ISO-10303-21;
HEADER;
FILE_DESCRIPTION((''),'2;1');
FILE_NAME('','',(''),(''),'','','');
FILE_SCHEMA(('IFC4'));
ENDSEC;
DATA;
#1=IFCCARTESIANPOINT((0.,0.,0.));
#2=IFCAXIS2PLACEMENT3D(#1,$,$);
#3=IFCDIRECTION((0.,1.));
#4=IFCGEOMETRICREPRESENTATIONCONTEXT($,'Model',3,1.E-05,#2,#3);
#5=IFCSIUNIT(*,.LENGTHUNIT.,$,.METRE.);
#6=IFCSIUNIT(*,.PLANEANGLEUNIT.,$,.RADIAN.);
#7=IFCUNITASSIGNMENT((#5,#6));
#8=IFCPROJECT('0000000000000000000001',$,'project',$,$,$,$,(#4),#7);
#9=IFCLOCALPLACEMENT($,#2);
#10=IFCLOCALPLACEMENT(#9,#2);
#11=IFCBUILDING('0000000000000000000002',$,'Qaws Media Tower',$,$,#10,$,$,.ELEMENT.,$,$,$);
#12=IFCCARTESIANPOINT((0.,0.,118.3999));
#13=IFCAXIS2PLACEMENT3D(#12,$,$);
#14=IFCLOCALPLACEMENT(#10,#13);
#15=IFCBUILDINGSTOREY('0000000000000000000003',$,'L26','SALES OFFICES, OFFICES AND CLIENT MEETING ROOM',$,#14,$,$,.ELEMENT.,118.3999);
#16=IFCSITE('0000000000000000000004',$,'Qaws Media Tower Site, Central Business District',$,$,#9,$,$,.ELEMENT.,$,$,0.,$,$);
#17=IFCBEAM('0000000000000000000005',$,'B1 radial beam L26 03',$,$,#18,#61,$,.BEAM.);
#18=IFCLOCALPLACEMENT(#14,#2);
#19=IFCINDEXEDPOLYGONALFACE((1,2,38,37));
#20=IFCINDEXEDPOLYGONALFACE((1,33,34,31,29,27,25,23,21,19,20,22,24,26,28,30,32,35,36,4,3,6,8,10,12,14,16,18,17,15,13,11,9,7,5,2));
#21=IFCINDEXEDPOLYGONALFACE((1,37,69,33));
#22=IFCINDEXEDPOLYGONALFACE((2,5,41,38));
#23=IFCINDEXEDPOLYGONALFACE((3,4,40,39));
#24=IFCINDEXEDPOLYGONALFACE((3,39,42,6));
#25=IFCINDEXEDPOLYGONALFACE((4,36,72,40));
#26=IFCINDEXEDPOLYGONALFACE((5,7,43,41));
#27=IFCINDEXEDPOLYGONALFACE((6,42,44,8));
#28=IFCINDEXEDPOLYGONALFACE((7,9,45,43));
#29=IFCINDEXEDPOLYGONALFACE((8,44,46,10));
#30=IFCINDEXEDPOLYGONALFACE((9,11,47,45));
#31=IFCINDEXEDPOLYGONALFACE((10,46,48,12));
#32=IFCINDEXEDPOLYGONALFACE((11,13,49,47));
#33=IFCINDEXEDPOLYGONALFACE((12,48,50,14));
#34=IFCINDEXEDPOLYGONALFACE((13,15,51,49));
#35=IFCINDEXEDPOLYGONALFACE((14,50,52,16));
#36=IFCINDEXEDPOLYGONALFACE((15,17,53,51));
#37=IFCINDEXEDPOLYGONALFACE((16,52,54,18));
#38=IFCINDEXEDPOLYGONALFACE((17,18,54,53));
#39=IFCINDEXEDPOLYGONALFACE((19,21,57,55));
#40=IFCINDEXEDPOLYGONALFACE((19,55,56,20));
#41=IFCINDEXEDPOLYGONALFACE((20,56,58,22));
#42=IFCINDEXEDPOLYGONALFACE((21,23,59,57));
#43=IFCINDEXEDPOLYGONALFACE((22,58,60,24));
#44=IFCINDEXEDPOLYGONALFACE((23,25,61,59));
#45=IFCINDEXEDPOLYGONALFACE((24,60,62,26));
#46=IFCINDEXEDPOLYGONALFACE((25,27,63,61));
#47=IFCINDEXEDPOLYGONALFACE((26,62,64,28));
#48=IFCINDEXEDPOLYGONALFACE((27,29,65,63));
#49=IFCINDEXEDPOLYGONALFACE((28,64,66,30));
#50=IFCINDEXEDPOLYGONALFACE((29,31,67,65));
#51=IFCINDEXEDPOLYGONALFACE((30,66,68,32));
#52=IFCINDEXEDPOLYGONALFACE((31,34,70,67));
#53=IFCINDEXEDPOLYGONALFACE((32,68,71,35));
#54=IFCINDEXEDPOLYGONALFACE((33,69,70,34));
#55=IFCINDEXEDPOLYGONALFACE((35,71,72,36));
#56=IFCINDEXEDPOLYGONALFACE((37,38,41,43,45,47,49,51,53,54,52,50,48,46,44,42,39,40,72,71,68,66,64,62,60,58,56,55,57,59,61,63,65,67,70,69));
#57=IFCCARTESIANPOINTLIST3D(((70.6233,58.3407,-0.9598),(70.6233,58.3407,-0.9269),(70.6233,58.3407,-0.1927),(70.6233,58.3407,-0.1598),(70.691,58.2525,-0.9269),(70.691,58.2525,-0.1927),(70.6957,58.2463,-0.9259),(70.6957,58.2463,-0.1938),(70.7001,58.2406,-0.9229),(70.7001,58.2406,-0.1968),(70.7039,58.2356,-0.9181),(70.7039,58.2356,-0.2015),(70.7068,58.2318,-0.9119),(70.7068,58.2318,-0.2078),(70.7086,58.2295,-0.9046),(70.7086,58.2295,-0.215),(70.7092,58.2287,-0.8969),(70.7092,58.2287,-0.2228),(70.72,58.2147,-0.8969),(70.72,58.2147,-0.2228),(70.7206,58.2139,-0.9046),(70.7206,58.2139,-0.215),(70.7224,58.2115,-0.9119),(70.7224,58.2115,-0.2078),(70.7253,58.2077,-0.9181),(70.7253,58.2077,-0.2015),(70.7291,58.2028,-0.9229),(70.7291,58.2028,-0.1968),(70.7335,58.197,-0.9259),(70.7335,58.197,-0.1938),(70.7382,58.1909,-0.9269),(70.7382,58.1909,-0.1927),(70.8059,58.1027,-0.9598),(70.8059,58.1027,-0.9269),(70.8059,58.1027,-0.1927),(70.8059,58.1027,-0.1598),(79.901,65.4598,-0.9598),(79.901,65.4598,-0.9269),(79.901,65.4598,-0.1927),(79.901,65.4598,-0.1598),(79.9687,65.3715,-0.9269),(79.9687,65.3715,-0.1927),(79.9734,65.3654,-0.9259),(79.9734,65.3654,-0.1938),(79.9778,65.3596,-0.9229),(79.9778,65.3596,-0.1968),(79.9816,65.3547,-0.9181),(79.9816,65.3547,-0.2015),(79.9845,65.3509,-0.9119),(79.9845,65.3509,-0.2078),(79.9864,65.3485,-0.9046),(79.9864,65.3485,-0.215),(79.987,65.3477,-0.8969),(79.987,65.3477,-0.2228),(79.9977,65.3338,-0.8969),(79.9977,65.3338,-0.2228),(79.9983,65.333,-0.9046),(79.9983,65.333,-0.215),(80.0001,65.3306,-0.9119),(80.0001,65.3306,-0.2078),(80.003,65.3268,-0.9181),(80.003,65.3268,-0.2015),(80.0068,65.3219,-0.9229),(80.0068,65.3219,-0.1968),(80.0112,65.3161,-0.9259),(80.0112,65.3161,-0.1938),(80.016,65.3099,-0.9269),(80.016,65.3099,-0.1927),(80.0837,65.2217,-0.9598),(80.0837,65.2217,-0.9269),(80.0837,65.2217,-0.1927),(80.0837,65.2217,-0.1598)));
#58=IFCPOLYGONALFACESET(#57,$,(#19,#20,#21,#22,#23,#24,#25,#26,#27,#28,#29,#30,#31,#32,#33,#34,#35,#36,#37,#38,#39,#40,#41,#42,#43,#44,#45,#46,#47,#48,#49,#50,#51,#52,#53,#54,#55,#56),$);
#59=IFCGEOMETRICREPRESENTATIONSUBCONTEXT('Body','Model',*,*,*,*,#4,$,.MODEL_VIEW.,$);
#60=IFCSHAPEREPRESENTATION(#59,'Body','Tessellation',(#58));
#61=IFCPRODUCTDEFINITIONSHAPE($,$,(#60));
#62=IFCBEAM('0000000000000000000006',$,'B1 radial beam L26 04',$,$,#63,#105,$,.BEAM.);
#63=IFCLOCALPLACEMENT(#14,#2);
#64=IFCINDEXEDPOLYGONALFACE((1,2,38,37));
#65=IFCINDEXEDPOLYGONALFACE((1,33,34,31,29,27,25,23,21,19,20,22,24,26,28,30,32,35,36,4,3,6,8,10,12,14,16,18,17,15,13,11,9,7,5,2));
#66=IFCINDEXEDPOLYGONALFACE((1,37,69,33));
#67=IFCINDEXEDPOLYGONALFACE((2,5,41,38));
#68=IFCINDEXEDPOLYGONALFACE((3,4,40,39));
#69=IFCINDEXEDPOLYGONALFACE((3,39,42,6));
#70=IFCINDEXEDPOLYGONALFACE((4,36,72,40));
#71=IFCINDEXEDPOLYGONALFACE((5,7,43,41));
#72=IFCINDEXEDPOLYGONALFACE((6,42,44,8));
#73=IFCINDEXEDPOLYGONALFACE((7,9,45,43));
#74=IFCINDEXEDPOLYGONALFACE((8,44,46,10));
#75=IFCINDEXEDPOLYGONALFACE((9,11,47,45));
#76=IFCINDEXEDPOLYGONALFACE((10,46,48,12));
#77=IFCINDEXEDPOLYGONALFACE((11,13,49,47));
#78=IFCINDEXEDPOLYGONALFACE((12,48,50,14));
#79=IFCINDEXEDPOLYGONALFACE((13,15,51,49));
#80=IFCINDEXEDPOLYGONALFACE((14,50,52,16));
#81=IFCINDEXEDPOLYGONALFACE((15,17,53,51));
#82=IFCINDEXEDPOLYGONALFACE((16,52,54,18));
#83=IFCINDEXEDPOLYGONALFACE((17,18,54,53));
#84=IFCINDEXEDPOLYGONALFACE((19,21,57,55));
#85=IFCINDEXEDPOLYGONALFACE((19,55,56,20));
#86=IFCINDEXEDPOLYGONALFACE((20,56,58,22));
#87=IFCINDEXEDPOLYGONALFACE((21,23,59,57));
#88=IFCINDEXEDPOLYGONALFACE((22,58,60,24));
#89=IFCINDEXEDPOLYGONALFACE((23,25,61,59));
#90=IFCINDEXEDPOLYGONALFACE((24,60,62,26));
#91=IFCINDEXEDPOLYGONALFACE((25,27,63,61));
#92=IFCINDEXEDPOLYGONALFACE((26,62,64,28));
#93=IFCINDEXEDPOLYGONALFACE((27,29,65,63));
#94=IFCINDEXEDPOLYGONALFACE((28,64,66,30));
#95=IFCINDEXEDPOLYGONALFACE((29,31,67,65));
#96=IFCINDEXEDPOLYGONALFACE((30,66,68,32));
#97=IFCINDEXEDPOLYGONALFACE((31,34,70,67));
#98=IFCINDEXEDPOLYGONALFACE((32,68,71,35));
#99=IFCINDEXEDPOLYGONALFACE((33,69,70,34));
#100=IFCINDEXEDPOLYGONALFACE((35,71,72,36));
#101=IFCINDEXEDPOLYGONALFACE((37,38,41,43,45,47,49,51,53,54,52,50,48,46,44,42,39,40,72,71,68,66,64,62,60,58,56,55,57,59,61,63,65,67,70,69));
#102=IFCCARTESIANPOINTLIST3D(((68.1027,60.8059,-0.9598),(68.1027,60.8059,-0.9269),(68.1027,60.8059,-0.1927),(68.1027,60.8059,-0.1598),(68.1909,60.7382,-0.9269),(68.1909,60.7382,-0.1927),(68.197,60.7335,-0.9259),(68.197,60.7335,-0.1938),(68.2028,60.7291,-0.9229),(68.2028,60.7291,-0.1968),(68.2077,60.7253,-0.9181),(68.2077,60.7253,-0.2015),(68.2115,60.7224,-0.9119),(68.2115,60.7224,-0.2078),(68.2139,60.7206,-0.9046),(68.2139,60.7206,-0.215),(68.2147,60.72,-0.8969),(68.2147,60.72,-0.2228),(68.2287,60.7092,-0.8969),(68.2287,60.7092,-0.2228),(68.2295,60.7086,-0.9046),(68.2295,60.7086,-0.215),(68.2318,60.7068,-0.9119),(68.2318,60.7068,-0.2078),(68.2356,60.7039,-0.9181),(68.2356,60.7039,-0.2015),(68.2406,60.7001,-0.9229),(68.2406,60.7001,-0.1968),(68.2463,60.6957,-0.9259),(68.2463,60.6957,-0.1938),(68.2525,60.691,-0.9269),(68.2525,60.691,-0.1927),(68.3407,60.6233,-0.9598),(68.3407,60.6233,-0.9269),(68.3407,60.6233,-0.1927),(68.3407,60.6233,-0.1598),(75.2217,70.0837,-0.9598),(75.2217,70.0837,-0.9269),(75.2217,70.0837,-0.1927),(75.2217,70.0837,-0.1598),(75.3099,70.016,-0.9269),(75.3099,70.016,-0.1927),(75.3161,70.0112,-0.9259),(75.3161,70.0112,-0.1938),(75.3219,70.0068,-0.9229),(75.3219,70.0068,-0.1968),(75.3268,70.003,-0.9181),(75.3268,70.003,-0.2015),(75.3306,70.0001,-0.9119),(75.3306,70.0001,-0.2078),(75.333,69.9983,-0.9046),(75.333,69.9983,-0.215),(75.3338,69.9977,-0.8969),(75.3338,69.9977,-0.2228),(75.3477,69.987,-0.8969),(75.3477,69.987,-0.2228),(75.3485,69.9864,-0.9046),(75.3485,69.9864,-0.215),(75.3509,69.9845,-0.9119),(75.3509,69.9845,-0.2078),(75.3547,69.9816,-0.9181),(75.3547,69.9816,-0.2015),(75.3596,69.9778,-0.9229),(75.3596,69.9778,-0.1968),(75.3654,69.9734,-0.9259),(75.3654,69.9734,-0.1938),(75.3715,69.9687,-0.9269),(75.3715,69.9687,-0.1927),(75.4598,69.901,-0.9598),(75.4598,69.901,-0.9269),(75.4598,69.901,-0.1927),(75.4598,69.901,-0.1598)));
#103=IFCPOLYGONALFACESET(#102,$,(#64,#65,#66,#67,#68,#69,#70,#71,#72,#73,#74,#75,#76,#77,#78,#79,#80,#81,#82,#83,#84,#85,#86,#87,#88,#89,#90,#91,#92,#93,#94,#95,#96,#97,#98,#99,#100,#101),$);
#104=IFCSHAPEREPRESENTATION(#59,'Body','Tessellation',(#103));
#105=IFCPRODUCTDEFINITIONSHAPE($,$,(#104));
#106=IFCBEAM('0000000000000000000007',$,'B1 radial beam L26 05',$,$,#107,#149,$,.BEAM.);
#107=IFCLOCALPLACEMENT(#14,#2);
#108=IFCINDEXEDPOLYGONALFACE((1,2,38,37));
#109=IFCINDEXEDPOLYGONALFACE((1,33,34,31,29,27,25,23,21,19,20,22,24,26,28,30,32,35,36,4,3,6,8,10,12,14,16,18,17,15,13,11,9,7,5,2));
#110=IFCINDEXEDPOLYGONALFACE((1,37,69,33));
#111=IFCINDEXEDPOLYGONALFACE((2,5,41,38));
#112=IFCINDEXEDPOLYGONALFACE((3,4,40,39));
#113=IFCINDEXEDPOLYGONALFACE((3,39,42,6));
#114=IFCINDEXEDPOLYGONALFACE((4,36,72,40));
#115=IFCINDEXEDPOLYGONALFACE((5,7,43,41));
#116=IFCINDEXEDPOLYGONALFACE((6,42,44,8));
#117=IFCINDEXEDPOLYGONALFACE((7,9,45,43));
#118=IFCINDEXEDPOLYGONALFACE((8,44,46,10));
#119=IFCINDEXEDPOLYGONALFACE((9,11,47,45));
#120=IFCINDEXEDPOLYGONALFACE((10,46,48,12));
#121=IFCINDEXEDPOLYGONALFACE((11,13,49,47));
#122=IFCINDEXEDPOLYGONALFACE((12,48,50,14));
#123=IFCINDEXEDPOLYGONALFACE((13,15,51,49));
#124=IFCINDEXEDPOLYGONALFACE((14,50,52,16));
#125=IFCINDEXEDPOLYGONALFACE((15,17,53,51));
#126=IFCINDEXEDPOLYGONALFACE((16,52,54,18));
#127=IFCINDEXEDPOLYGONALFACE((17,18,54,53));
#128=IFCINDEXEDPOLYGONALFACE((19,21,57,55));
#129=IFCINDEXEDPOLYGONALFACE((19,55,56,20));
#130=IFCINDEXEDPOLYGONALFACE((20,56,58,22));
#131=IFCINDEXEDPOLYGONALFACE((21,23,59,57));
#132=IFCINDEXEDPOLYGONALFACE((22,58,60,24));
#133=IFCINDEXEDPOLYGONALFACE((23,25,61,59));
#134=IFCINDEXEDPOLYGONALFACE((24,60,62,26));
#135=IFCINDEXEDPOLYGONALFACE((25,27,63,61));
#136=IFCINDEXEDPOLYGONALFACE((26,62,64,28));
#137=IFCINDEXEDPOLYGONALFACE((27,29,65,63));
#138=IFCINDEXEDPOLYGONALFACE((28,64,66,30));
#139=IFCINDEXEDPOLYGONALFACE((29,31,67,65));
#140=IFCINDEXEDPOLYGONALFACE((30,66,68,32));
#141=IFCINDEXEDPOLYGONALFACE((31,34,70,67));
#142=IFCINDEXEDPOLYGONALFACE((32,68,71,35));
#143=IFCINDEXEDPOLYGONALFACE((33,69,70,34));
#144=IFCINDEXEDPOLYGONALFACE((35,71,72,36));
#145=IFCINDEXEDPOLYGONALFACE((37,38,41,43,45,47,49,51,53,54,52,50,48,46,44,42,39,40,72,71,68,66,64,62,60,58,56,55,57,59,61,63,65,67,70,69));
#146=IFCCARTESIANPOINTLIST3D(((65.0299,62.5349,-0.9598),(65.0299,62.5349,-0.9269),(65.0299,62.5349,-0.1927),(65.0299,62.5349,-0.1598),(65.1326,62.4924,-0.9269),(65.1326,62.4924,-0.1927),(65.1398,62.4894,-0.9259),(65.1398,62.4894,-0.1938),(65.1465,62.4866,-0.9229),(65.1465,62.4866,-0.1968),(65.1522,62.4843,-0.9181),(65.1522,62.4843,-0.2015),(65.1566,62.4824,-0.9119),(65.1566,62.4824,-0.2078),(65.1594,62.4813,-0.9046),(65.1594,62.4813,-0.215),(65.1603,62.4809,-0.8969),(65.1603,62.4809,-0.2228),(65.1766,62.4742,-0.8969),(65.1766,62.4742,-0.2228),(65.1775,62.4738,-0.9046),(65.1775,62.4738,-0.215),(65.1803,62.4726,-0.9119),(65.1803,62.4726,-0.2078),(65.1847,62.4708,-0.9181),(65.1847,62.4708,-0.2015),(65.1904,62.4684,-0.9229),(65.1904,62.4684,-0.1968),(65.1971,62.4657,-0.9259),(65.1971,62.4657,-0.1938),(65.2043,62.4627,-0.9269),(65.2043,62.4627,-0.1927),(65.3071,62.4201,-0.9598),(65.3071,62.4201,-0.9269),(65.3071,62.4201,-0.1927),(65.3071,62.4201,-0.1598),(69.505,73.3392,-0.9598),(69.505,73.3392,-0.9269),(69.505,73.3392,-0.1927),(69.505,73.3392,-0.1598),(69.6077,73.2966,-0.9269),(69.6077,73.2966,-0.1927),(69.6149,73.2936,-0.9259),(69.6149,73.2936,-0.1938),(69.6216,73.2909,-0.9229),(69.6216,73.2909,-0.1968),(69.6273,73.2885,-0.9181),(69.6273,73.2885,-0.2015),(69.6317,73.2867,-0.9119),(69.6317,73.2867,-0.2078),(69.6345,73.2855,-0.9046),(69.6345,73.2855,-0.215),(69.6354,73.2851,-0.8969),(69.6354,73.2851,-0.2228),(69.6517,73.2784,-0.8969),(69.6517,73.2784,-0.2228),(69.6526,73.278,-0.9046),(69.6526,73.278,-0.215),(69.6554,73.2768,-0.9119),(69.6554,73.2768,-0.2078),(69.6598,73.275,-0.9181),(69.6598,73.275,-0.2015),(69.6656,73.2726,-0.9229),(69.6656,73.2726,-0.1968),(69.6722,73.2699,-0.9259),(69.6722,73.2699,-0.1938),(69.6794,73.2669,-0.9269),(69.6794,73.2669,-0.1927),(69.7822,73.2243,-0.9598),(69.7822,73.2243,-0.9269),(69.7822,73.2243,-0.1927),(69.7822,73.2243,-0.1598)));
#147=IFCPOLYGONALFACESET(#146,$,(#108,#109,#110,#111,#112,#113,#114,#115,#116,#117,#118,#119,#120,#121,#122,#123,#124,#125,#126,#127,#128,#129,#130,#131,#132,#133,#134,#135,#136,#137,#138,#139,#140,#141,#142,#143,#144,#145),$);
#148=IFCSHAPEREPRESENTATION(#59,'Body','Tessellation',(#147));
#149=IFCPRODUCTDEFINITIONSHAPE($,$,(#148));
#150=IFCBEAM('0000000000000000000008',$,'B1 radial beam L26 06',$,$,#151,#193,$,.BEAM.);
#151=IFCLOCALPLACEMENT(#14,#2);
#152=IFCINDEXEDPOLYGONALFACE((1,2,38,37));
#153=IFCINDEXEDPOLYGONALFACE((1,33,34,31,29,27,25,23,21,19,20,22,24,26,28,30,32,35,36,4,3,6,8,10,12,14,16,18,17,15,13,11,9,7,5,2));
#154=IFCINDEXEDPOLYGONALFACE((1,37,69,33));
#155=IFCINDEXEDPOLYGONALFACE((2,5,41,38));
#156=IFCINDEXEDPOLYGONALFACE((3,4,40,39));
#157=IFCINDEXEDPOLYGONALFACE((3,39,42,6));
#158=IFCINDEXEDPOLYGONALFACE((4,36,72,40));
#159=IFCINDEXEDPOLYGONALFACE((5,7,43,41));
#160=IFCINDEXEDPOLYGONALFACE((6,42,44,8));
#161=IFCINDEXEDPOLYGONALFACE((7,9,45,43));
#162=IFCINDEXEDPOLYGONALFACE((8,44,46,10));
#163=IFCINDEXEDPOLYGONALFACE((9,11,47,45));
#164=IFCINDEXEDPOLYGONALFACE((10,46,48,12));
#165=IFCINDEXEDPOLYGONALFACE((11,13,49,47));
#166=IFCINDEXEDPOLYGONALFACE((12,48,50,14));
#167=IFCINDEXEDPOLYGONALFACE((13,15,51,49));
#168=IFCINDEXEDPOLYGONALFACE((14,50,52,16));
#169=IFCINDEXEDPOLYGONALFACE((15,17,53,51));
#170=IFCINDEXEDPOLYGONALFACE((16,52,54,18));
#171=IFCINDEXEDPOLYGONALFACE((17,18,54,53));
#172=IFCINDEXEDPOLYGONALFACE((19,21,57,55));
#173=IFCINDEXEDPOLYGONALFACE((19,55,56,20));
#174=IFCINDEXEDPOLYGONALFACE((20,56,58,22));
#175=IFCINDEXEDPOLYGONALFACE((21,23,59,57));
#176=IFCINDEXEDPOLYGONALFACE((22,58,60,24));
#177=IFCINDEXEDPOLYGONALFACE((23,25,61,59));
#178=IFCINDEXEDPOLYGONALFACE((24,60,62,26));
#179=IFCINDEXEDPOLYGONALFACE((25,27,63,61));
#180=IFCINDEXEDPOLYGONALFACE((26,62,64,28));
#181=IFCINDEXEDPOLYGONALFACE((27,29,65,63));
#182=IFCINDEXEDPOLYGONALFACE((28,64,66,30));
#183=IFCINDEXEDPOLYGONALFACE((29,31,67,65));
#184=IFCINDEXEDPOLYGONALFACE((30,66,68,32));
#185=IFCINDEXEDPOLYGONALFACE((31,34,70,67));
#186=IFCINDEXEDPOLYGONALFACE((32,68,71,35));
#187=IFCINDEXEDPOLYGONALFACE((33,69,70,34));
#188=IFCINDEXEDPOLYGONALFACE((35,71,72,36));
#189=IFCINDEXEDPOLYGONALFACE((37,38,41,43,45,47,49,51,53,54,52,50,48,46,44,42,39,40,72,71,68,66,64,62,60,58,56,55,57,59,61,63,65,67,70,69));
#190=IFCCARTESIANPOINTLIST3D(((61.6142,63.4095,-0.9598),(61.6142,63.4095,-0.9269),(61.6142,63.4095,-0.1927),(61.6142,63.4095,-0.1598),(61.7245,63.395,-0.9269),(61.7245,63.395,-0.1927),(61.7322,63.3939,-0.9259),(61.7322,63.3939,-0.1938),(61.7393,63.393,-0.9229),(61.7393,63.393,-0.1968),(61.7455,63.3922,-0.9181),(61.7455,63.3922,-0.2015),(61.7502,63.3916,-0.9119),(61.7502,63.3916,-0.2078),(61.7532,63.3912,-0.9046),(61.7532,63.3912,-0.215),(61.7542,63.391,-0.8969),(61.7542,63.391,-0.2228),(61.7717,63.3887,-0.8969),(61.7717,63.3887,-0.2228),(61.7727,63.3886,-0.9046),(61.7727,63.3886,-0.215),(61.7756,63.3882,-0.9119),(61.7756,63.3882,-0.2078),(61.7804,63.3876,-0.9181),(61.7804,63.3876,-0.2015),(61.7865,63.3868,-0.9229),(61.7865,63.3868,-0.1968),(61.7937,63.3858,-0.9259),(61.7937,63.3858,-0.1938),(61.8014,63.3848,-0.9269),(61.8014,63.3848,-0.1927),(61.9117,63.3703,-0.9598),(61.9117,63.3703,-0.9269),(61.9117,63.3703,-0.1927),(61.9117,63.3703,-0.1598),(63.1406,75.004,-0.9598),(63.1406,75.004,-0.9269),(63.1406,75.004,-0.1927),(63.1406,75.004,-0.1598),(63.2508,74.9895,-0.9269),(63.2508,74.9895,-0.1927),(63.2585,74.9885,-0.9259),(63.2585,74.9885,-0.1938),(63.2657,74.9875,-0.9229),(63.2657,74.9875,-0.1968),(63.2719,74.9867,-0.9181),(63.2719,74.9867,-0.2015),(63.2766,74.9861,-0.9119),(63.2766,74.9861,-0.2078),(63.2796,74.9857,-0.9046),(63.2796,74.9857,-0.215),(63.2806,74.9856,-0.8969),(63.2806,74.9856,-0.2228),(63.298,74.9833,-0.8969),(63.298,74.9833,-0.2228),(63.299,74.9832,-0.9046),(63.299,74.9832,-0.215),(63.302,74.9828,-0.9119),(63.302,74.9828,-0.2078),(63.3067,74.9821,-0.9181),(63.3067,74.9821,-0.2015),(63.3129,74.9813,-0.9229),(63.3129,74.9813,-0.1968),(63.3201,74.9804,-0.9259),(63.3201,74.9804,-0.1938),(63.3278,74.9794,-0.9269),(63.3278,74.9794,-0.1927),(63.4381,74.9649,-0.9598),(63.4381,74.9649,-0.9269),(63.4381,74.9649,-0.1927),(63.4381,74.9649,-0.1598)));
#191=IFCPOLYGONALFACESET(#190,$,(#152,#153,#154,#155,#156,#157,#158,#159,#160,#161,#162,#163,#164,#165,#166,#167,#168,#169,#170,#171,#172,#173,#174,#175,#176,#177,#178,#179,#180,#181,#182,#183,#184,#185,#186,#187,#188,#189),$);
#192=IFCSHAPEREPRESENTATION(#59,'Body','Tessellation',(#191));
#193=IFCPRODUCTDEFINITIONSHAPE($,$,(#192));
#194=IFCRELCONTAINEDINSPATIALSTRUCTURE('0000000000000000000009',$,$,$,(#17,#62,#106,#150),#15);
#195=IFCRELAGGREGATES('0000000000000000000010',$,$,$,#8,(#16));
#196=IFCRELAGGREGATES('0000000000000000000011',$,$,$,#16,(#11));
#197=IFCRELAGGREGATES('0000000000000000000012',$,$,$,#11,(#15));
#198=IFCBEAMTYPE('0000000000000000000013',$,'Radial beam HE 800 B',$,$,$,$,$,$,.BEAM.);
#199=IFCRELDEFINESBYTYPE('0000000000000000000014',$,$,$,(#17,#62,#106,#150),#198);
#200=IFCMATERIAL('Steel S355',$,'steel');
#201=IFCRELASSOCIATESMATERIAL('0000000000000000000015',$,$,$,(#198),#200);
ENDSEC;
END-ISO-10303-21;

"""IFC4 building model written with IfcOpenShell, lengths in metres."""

from ifc_helpers import new_model, si_unit, direction, frame, origin, origin_2d, place, context, subcontext, project, spatial, i_section, extrude, material, material_profile, profile_set, type_object, element, save


model = new_model("IFC4")

# Units and contexts
model_context = context("Model", 3, precision=1e-05, world=origin(), true_north=direction((0.0, 1.0)))
body_context = subcontext(model_context, "Body", "Model", "MODEL_VIEW")
ifc_project = project(units=[si_unit("LENGTHUNIT", "METRE"), si_unit("PLANEANGLEUNIT", "RADIAN")], contexts=[model_context])

# Site, building, storey
site_placement = place(None, origin())
site = spatial("IfcSite", under=ifc_project, at=site_placement, Name="Qaws Media Tower Site, Central Business District", CompositionType="ELEMENT", RefElevation=0.0)
building_placement = place(site_placement, origin())
building = spatial("IfcBuilding", under=site, at=building_placement, Name="Qaws Media Tower", CompositionType="ELEMENT")
storey_placement = place(building_placement, frame((0.0, 0.0, 118.3999)))
storey = spatial("IfcBuildingStorey", under=building, at=storey_placement, Name="L26", Description="SALES OFFICES, OFFICES AND CLIENT MEETING ROOM", CompositionType="ELEMENT", Elevation=118.3999)

# Beams
ifc_material_1 = material(Name="Steel S355", Category="steel")
ifc_material_profile_1 = material_profile(ifc_material_1, i_section(OverallWidth=0.3, OverallDepth=0.8, WebThickness=0.0176, FlangeThickness=0.033, FilletRadius=0.03, at=origin_2d()), Name="HE 800 B")
ifc_profile_set_1 = profile_set([ifc_material_profile_1], Name="Steel S355")
beam_type_1 = type_object("IfcBeamType", Name="Radial beam HE 800 B", PredefinedType="BEAM", material=ifc_profile_set_1)
for number, where, z_axis, x_axis, name in (
    (1, (70.7146, 58.2217, -0.5598), (0.793353, 0.608762, 0.0), (-0.608762, 0.793353, 0.0), "B1 radial beam L26 03"),
    (2, (68.2217, 60.7146, -0.5598), (0.608762, 0.793353, 0.0), (-0.793353, 0.608762, 0.0), "B1 radial beam L26 04"),
    (3, (65.1685, 62.4775, -0.5598), (0.382673, 0.923884, 0.0), (-0.923884, 0.382673, 0.0), "B1 radial beam L26 05"),
):
    element("IfcBeam", number, at=place(storey_placement, frame(where, z_axis=z_axis, x_axis=x_axis)), inside=storey, type_object=beam_type_1, Name=name, PredefinedType="BEAM", context=body_context, shape_type="SweptSolid", body=[
        extrude(i_section(OverallWidth=0.3, OverallDepth=0.8, WebThickness=0.0176, FlangeThickness=0.033, FilletRadius=0.03, at=origin_2d()), origin(), (0.0, 0.0, 1.0), 11.6943),
    ])
for number, where, z_axis, x_axis, name in (
    (4, (61.7629, 63.3899, -0.5598), (0.13052, 0.991446, 0.0), (-0.991446, 0.13052, 0.0), "B1 radial beam L26 06"),
):
    element("IfcBeam", number, at=place(storey_placement, frame(where, z_axis=z_axis, x_axis=x_axis)), inside=storey, type_object=beam_type_1, Name=name, PredefinedType="BEAM", context=body_context, shape_type="SweptSolid", body=[
        extrude(i_section(OverallWidth=0.3, OverallDepth=0.8, WebThickness=0.0176, FlangeThickness=0.033, FilletRadius=0.03, at=origin_2d()), origin(), (0.0, 0.0, 1.0), 11.6946),
    ])

save(model, "model.ifc")
